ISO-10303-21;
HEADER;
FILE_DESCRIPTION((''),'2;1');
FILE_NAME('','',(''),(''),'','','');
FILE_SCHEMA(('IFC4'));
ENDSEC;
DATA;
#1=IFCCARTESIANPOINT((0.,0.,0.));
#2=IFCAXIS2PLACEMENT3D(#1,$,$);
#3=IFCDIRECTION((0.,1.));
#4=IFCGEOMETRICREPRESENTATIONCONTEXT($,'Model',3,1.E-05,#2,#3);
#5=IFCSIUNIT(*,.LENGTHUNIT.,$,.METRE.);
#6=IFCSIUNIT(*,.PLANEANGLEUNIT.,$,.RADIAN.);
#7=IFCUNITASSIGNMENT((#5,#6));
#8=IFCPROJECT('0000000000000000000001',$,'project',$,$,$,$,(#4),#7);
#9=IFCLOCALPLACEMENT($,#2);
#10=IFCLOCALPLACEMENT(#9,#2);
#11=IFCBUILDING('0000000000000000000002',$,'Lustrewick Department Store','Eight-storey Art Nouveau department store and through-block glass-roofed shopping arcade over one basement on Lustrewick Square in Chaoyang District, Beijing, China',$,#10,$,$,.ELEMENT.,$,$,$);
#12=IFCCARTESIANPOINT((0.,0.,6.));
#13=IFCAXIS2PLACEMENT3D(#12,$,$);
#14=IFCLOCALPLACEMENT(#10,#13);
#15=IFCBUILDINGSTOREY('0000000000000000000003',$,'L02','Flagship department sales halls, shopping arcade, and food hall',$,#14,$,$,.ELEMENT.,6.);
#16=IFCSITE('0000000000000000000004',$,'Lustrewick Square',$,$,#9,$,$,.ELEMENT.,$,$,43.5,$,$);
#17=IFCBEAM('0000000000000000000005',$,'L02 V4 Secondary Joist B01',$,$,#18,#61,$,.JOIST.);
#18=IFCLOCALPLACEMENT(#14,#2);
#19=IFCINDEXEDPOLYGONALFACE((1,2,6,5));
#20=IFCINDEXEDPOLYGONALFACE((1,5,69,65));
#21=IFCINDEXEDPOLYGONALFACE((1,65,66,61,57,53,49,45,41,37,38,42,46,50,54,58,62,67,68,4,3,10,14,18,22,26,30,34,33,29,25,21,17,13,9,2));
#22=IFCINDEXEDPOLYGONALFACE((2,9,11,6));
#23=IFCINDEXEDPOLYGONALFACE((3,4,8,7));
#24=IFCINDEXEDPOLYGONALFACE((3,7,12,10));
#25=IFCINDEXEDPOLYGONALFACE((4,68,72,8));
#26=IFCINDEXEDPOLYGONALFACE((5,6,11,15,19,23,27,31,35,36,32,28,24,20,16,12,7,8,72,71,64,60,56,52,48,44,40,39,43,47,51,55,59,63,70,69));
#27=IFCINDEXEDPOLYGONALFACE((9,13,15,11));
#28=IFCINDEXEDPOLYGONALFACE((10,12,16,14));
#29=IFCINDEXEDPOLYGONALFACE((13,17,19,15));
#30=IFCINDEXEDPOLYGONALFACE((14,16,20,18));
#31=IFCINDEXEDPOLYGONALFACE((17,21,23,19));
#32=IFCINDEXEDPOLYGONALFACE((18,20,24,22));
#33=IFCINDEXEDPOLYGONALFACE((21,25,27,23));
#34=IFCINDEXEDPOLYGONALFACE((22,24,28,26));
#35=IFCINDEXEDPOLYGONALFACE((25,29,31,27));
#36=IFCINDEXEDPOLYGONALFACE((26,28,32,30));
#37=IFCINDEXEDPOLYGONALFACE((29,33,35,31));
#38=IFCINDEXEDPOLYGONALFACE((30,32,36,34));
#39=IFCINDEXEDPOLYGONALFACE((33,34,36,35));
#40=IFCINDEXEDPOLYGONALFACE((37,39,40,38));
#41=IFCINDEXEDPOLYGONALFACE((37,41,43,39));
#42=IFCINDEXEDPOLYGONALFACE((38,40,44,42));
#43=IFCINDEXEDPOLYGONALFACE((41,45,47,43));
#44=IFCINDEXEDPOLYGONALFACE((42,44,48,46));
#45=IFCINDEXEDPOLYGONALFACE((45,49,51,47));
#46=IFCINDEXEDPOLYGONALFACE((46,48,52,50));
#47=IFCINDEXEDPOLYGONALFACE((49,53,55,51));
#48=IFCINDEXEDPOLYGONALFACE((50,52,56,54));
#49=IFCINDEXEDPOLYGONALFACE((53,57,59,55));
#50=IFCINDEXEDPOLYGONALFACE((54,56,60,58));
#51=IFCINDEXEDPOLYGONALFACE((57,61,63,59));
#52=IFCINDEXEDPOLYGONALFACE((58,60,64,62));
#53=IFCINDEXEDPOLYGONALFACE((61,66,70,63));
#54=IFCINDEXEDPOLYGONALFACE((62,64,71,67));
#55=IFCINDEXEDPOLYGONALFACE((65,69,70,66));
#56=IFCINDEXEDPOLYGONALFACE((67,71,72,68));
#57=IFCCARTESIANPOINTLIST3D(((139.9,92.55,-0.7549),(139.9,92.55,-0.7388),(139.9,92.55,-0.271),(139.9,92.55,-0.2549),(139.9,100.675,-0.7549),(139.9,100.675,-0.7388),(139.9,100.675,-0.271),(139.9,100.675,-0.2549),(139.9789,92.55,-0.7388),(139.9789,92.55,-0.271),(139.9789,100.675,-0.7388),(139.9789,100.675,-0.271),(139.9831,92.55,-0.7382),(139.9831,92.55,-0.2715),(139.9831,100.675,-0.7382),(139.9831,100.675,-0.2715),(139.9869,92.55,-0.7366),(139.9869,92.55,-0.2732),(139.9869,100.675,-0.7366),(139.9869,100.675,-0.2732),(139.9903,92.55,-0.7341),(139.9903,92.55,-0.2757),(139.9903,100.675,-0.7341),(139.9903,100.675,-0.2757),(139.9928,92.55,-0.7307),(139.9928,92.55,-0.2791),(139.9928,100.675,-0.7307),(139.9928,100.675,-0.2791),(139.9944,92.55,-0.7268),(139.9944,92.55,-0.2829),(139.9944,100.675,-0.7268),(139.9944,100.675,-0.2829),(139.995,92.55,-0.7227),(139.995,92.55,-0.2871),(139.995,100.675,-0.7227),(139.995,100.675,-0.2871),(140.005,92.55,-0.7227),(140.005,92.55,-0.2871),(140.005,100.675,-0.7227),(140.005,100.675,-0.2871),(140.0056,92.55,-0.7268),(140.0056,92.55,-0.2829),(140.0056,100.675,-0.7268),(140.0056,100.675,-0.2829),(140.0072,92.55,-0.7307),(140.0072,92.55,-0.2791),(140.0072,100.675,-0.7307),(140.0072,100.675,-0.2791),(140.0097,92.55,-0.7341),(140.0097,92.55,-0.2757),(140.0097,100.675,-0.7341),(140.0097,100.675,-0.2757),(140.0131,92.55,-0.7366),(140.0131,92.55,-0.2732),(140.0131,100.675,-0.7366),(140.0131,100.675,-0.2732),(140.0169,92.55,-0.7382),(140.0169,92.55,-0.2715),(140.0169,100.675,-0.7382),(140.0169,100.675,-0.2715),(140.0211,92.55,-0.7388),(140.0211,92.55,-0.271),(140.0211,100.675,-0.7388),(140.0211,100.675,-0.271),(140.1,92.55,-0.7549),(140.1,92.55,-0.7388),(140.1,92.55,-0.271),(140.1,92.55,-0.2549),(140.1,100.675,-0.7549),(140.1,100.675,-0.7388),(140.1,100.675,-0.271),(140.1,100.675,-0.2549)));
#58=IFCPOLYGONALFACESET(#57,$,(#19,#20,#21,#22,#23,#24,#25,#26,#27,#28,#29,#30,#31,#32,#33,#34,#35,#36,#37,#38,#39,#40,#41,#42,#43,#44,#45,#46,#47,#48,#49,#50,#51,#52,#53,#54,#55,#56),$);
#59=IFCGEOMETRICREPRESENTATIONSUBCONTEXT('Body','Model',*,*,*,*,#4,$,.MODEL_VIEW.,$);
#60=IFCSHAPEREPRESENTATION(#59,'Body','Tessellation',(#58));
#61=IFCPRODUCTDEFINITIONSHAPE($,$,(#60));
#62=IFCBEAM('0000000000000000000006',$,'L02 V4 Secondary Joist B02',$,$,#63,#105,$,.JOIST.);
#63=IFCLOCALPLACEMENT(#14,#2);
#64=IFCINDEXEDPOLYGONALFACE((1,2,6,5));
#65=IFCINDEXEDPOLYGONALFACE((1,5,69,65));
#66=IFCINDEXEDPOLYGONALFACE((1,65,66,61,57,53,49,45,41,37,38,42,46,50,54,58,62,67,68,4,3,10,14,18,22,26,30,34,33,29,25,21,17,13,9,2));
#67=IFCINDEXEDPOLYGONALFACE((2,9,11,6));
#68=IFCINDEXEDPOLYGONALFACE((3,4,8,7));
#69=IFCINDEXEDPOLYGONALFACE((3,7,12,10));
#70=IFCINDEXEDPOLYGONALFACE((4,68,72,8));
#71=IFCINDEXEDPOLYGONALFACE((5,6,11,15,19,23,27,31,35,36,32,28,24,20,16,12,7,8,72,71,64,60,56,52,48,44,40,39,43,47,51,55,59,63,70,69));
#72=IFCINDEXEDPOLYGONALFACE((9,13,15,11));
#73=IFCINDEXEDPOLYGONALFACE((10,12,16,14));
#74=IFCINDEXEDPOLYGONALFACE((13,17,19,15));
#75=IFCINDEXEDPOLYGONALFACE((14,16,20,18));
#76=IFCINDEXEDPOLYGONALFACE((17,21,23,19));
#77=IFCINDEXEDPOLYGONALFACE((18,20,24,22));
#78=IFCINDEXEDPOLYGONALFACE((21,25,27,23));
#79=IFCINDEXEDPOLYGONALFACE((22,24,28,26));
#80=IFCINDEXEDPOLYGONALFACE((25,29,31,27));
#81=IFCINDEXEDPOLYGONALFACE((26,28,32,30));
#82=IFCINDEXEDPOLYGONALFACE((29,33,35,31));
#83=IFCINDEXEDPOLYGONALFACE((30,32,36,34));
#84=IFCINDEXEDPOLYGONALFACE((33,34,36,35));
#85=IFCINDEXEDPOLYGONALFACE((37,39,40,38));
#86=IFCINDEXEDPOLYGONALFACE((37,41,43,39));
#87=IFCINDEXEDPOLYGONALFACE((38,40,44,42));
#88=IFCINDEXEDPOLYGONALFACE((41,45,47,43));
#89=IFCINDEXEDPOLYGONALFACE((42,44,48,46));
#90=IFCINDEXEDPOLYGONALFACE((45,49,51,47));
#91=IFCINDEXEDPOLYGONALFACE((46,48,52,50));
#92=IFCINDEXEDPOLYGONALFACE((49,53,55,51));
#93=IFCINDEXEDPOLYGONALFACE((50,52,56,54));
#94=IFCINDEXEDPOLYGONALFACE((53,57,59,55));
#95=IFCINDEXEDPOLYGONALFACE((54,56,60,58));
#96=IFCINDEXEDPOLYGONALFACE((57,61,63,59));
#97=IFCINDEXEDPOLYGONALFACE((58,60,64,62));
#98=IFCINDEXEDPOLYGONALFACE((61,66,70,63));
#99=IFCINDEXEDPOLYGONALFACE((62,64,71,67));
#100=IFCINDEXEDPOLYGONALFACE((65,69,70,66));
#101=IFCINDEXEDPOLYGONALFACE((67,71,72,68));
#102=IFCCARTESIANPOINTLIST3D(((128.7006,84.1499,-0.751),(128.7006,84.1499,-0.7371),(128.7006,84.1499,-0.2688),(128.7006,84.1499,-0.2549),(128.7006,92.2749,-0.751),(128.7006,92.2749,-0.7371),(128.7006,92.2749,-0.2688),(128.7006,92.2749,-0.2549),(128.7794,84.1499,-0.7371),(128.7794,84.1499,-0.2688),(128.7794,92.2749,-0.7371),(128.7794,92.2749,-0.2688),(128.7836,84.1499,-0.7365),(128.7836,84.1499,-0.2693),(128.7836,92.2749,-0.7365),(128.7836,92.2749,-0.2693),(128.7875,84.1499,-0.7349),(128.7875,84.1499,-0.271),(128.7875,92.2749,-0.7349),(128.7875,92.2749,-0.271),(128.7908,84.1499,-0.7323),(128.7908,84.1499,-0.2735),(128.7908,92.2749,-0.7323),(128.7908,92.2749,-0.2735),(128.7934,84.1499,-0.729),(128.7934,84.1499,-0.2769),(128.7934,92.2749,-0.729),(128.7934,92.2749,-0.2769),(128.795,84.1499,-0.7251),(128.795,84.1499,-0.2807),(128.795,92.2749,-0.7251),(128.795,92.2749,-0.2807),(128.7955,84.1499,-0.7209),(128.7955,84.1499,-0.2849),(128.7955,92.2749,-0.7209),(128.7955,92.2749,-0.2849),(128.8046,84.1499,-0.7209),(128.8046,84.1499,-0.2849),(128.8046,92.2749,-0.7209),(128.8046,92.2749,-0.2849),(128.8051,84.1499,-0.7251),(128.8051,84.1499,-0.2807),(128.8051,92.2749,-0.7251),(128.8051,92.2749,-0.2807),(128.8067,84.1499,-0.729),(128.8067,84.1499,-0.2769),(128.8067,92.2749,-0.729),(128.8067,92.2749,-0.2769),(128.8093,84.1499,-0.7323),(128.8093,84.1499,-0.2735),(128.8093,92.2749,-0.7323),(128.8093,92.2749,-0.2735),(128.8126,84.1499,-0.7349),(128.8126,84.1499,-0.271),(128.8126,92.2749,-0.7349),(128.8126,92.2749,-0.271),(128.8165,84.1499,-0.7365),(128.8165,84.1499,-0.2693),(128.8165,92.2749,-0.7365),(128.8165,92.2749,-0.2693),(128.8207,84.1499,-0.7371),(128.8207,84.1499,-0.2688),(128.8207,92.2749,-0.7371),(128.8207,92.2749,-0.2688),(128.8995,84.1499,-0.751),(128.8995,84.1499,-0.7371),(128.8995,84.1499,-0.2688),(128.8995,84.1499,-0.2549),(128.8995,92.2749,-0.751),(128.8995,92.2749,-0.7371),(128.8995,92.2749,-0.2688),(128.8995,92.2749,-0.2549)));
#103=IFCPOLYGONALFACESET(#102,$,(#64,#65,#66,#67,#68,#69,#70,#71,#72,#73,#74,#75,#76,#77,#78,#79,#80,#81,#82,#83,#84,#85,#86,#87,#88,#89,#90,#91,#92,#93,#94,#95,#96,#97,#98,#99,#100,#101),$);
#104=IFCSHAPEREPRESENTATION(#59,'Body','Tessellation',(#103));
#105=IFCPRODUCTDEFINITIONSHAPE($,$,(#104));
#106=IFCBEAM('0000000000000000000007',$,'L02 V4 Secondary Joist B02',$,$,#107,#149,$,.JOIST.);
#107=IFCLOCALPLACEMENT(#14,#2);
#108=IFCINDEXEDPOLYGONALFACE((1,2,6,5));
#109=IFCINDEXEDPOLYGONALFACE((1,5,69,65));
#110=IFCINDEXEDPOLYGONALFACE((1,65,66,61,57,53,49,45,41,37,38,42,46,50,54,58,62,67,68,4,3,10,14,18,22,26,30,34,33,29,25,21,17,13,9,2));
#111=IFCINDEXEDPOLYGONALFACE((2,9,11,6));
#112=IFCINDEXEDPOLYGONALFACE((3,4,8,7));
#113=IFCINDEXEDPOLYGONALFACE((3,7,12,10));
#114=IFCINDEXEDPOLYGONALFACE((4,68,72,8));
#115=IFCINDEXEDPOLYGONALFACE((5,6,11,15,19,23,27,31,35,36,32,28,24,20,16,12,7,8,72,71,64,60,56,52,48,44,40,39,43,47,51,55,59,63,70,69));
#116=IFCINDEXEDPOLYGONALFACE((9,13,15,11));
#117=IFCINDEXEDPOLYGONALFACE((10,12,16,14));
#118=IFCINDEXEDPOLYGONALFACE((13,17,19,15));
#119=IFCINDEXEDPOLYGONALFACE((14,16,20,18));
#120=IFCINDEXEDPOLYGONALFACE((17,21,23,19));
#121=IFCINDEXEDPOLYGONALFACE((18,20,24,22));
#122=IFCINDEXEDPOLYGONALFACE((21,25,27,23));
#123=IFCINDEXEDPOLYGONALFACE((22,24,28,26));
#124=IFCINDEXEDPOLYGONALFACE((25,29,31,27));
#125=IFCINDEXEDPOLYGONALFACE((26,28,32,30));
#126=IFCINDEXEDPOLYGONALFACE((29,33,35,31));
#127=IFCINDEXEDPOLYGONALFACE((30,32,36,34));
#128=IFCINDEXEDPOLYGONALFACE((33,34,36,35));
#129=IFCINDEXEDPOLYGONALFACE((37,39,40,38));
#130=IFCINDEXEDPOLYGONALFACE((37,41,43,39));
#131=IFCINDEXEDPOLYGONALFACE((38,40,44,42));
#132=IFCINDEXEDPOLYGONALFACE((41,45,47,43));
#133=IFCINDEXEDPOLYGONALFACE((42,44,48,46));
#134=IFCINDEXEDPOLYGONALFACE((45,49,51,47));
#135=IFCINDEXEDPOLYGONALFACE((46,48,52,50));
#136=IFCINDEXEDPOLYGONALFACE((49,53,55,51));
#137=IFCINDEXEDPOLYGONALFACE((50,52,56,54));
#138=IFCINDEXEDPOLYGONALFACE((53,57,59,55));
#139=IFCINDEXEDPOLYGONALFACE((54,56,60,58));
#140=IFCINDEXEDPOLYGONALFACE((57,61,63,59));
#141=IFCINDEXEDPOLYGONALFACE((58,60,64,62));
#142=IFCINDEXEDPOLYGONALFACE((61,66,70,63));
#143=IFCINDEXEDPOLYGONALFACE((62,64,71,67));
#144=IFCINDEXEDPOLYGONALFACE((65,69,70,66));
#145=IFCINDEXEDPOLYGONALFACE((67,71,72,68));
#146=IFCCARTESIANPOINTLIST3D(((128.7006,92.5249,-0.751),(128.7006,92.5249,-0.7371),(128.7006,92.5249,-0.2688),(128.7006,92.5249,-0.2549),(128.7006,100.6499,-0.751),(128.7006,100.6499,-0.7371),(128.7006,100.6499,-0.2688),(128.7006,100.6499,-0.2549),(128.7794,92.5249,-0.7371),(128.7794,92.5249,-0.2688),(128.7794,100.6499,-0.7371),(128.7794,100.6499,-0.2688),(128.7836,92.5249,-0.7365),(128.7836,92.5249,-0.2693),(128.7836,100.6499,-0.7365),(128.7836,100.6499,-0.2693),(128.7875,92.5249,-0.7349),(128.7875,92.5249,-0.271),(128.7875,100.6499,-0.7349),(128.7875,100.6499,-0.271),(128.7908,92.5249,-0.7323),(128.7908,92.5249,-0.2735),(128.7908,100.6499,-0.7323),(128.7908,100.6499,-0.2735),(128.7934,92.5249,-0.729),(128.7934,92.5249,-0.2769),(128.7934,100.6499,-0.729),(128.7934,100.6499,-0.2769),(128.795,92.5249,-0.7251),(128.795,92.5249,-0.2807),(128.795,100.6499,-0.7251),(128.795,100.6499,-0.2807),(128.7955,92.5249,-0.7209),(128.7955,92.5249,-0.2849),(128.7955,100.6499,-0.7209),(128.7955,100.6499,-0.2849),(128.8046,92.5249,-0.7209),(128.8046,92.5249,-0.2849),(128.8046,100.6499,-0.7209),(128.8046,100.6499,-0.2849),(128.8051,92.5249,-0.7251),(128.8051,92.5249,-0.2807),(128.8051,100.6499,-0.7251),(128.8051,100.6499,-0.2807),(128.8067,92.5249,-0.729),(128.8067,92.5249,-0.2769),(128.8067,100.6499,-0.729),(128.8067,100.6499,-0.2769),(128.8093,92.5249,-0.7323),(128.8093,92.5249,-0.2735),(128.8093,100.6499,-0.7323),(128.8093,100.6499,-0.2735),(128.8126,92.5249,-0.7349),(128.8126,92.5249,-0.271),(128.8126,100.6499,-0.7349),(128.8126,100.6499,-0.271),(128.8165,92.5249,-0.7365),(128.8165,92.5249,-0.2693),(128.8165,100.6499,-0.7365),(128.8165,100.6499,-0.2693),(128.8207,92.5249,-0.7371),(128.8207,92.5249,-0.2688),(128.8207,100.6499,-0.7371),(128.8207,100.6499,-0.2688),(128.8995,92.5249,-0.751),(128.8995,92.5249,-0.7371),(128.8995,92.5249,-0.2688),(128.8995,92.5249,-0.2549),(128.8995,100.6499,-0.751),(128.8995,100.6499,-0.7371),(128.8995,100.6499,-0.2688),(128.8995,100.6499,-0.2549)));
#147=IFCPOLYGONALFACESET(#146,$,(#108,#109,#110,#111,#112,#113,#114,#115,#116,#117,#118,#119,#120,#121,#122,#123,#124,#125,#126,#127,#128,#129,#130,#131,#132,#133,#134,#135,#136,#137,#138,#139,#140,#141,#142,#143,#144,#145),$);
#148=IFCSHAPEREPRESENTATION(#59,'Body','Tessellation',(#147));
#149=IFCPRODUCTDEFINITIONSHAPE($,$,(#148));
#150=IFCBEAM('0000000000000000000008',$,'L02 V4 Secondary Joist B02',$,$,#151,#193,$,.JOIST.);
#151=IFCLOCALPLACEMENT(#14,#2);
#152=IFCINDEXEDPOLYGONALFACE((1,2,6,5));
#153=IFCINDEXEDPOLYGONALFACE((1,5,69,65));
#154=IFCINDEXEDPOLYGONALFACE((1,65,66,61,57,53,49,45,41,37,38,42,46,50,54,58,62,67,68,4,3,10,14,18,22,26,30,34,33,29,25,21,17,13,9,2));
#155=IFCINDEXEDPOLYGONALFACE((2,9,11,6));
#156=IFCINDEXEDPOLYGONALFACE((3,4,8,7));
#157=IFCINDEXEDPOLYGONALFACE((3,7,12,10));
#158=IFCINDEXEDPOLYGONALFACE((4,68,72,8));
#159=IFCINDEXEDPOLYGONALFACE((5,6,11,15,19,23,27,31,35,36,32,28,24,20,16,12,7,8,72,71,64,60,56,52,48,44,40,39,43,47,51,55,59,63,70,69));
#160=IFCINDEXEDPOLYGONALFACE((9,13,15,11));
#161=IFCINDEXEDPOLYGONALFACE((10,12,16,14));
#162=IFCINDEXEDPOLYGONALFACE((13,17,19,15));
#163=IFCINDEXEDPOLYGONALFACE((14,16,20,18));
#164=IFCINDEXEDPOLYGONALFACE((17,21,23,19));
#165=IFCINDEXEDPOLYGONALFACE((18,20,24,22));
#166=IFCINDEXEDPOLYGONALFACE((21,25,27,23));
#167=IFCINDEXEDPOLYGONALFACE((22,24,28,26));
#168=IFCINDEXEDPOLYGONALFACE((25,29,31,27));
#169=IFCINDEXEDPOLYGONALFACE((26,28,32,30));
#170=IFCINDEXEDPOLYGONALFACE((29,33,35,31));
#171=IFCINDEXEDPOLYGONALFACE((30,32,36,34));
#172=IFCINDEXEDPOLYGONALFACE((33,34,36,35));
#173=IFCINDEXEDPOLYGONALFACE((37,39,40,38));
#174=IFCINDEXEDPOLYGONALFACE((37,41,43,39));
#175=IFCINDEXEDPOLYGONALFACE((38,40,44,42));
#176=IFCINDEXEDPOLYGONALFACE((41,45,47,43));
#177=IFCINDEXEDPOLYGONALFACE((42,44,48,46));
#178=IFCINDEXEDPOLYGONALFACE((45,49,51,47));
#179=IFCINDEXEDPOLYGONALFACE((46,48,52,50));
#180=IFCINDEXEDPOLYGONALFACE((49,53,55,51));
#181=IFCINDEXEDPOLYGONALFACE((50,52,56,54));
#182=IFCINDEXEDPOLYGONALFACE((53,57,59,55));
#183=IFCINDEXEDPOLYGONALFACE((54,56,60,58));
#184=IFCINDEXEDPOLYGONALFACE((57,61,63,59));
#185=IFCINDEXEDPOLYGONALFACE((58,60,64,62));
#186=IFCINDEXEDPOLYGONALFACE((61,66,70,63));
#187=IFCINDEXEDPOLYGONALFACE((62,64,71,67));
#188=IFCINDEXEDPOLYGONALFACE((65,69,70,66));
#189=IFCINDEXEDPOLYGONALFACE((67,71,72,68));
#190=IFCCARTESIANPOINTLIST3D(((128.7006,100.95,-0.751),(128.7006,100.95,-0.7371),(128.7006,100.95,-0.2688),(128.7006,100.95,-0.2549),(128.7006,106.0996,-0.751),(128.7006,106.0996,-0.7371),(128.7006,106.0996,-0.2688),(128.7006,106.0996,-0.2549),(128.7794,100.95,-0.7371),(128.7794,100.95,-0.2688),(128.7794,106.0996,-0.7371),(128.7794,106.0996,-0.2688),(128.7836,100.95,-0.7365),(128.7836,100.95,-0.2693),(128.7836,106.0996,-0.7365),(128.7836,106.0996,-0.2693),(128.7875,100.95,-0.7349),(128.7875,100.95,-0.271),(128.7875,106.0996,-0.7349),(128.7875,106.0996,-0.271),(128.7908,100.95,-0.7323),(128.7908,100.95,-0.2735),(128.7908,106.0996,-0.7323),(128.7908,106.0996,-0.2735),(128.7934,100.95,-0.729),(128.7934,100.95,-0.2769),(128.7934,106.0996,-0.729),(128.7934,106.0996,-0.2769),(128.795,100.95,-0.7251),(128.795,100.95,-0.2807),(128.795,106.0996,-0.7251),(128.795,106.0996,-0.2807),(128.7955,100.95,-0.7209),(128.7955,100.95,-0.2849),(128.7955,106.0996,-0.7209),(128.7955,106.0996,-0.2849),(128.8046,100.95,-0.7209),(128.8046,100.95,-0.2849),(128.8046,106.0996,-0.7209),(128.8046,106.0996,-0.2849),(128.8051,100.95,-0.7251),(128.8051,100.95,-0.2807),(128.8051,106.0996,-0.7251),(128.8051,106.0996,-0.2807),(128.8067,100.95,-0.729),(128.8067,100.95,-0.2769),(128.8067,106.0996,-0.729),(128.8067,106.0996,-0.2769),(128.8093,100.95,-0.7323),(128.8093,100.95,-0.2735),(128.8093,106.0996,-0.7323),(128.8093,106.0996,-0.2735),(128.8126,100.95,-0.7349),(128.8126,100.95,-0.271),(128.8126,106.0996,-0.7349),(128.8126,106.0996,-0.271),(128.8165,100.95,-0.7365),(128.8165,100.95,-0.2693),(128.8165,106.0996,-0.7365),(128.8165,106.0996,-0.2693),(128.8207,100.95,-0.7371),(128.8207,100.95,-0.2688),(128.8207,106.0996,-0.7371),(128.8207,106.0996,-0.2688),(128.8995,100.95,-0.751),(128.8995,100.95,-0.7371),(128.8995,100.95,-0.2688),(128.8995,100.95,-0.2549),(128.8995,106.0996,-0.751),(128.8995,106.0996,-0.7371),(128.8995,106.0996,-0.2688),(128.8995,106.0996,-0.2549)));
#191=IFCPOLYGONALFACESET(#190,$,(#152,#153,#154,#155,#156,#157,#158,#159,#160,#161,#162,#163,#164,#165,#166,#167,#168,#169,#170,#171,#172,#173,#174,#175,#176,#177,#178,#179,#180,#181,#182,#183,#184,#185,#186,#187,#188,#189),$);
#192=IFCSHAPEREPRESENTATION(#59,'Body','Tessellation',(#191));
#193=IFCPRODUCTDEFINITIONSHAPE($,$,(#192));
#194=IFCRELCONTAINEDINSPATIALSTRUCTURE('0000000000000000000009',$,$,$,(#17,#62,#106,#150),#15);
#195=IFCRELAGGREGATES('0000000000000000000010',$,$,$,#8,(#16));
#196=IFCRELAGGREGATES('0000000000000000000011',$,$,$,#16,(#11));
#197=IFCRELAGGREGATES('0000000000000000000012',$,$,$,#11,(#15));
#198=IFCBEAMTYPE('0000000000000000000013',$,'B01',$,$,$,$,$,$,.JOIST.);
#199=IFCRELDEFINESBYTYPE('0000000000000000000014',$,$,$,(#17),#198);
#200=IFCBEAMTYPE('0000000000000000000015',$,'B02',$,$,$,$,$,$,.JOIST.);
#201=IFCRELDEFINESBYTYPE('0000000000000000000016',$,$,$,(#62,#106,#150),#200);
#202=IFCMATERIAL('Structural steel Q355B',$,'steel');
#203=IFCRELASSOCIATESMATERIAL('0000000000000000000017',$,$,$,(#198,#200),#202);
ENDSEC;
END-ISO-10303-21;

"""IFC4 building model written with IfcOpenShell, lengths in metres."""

from ifc_helpers import new_model, si_unit, direction, frame, origin, origin_2d, place, context, subcontext, project, spatial, i_section, extrude, material, material_profile, profile_set, type_object, element, save


model = new_model("IFC4")

# Units and contexts
model_context = context("Model", 3, precision=1e-05, world=origin(), true_north=direction((0.0, 1.0)))
body_context = subcontext(model_context, "Body", "Model", "MODEL_VIEW")
ifc_project = project(units=[si_unit("LENGTHUNIT", "METRE"), si_unit("PLANEANGLEUNIT", "RADIAN")], contexts=[model_context])

# Site, building, storey
site_placement = place(None, origin())
site = spatial("IfcSite", under=ifc_project, at=site_placement, Name="Lustrewick Square", CompositionType="ELEMENT", RefElevation=43.5)
building_placement = place(site_placement, origin())
building = spatial("IfcBuilding", under=site, at=building_placement, Name="Lustrewick Department Store", Description="Eight-storey Art Nouveau department store and through-block glass-roofed shopping arcade over one basement on Lustrewick Square in Chaoyang District, Beijing, China", CompositionType="ELEMENT")
storey_placement = place(building_placement, frame((0.0, 0.0, 6.0)))
storey = spatial("IfcBuildingStorey", under=building, at=storey_placement, Name="L02", Description="Flagship department sales halls, shopping arcade, and food hall", CompositionType="ELEMENT", Elevation=6.0)

# Shared definitions
ifc_material_1 = material(Name="Structural steel Q355B", Category="steel")

# Beams
ifc_material_profile_1 = material_profile(ifc_material_1, i_section(OverallWidth=0.2, OverallDepth=0.5, WebThickness=0.01, FlangeThickness=0.0161, FilletRadius=0.0161, at=origin_2d()), Name="HN 500x200x10x16")
ifc_profile_set_1 = profile_set([ifc_material_profile_1], Name="Structural steel Q355B")
beam_type_1 = type_object("IfcBeamType", Name="B01", PredefinedType="JOIST", material=ifc_profile_set_1)
for number, where, z_axis, x_axis, name in (
    (1, (140.0, 92.55, -0.5049), (0.0, 1.0, 0.0), (-1.0, 0.0, 0.0), "L02 V4 Secondary Joist B01"),
):
    element("IfcBeam", number, at=place(storey_placement, frame(where, z_axis=z_axis, x_axis=x_axis)), inside=storey, type_object=beam_type_1, Name=name, PredefinedType="JOIST", context=body_context, shape_type="SweptSolid", body=[
        extrude(i_section(OverallWidth=0.2, OverallDepth=0.5, WebThickness=0.01, FlangeThickness=0.0161, FilletRadius=0.0161, at=origin_2d()), origin(), (0.0, 0.0, 1.0), 8.125),
    ])
ifc_material_profile_2 = material_profile(ifc_material_1, i_section(OverallWidth=0.199, OverallDepth=0.4961, WebThickness=0.009, FlangeThickness=0.0139, FilletRadius=0.0161, at=origin_2d()), Name="HN 496x199x9x14")
ifc_profile_set_2 = profile_set([ifc_material_profile_2], Name="Structural steel Q355B")
beam_type_2 = type_object("IfcBeamType", Name="B02", PredefinedType="JOIST", material=ifc_profile_set_2)
for number, where, z_axis, x_axis, name in (
    (2, (128.8, 84.1499, -0.5029), (0.0, 1.0, 0.0), (-1.0, 0.0, 0.0), "L02 V4 Secondary Joist B02"),
    (3, (128.8, 92.5249, -0.5029), (0.0, 1.0, 0.0), (-1.0, 0.0, 0.0), "L02 V4 Secondary Joist B02"),
):
    element("IfcBeam", number, at=place(storey_placement, frame(where, z_axis=z_axis, x_axis=x_axis)), inside=storey, type_object=beam_type_2, Name=name, PredefinedType="JOIST", context=body_context, shape_type="SweptSolid", body=[
        extrude(i_section(OverallWidth=0.199, OverallDepth=0.4961, WebThickness=0.009, FlangeThickness=0.0139, FilletRadius=0.0161, at=origin_2d()), origin(), (0.0, 0.0, 1.0), 8.125),
    ])
beam_1_placement = place(storey_placement, frame((128.8, 100.95, -0.5029), z_axis=(0.0, 1.0, 0.0), x_axis=(-1.0, 0.0, 0.0)))
element("IfcBeam", 4, at=beam_1_placement, inside=storey, type_object=beam_type_2, Name="L02 V4 Secondary Joist B02", PredefinedType="JOIST", context=body_context, shape_type="SweptSolid", body=[
    extrude(i_section(OverallWidth=0.199, OverallDepth=0.4961, WebThickness=0.009, FlangeThickness=0.0139, FilletRadius=0.0161, at=origin_2d()), origin(), (0.0, 0.0, 1.0), 5.1497),
])

save(model, "model.ifc")
